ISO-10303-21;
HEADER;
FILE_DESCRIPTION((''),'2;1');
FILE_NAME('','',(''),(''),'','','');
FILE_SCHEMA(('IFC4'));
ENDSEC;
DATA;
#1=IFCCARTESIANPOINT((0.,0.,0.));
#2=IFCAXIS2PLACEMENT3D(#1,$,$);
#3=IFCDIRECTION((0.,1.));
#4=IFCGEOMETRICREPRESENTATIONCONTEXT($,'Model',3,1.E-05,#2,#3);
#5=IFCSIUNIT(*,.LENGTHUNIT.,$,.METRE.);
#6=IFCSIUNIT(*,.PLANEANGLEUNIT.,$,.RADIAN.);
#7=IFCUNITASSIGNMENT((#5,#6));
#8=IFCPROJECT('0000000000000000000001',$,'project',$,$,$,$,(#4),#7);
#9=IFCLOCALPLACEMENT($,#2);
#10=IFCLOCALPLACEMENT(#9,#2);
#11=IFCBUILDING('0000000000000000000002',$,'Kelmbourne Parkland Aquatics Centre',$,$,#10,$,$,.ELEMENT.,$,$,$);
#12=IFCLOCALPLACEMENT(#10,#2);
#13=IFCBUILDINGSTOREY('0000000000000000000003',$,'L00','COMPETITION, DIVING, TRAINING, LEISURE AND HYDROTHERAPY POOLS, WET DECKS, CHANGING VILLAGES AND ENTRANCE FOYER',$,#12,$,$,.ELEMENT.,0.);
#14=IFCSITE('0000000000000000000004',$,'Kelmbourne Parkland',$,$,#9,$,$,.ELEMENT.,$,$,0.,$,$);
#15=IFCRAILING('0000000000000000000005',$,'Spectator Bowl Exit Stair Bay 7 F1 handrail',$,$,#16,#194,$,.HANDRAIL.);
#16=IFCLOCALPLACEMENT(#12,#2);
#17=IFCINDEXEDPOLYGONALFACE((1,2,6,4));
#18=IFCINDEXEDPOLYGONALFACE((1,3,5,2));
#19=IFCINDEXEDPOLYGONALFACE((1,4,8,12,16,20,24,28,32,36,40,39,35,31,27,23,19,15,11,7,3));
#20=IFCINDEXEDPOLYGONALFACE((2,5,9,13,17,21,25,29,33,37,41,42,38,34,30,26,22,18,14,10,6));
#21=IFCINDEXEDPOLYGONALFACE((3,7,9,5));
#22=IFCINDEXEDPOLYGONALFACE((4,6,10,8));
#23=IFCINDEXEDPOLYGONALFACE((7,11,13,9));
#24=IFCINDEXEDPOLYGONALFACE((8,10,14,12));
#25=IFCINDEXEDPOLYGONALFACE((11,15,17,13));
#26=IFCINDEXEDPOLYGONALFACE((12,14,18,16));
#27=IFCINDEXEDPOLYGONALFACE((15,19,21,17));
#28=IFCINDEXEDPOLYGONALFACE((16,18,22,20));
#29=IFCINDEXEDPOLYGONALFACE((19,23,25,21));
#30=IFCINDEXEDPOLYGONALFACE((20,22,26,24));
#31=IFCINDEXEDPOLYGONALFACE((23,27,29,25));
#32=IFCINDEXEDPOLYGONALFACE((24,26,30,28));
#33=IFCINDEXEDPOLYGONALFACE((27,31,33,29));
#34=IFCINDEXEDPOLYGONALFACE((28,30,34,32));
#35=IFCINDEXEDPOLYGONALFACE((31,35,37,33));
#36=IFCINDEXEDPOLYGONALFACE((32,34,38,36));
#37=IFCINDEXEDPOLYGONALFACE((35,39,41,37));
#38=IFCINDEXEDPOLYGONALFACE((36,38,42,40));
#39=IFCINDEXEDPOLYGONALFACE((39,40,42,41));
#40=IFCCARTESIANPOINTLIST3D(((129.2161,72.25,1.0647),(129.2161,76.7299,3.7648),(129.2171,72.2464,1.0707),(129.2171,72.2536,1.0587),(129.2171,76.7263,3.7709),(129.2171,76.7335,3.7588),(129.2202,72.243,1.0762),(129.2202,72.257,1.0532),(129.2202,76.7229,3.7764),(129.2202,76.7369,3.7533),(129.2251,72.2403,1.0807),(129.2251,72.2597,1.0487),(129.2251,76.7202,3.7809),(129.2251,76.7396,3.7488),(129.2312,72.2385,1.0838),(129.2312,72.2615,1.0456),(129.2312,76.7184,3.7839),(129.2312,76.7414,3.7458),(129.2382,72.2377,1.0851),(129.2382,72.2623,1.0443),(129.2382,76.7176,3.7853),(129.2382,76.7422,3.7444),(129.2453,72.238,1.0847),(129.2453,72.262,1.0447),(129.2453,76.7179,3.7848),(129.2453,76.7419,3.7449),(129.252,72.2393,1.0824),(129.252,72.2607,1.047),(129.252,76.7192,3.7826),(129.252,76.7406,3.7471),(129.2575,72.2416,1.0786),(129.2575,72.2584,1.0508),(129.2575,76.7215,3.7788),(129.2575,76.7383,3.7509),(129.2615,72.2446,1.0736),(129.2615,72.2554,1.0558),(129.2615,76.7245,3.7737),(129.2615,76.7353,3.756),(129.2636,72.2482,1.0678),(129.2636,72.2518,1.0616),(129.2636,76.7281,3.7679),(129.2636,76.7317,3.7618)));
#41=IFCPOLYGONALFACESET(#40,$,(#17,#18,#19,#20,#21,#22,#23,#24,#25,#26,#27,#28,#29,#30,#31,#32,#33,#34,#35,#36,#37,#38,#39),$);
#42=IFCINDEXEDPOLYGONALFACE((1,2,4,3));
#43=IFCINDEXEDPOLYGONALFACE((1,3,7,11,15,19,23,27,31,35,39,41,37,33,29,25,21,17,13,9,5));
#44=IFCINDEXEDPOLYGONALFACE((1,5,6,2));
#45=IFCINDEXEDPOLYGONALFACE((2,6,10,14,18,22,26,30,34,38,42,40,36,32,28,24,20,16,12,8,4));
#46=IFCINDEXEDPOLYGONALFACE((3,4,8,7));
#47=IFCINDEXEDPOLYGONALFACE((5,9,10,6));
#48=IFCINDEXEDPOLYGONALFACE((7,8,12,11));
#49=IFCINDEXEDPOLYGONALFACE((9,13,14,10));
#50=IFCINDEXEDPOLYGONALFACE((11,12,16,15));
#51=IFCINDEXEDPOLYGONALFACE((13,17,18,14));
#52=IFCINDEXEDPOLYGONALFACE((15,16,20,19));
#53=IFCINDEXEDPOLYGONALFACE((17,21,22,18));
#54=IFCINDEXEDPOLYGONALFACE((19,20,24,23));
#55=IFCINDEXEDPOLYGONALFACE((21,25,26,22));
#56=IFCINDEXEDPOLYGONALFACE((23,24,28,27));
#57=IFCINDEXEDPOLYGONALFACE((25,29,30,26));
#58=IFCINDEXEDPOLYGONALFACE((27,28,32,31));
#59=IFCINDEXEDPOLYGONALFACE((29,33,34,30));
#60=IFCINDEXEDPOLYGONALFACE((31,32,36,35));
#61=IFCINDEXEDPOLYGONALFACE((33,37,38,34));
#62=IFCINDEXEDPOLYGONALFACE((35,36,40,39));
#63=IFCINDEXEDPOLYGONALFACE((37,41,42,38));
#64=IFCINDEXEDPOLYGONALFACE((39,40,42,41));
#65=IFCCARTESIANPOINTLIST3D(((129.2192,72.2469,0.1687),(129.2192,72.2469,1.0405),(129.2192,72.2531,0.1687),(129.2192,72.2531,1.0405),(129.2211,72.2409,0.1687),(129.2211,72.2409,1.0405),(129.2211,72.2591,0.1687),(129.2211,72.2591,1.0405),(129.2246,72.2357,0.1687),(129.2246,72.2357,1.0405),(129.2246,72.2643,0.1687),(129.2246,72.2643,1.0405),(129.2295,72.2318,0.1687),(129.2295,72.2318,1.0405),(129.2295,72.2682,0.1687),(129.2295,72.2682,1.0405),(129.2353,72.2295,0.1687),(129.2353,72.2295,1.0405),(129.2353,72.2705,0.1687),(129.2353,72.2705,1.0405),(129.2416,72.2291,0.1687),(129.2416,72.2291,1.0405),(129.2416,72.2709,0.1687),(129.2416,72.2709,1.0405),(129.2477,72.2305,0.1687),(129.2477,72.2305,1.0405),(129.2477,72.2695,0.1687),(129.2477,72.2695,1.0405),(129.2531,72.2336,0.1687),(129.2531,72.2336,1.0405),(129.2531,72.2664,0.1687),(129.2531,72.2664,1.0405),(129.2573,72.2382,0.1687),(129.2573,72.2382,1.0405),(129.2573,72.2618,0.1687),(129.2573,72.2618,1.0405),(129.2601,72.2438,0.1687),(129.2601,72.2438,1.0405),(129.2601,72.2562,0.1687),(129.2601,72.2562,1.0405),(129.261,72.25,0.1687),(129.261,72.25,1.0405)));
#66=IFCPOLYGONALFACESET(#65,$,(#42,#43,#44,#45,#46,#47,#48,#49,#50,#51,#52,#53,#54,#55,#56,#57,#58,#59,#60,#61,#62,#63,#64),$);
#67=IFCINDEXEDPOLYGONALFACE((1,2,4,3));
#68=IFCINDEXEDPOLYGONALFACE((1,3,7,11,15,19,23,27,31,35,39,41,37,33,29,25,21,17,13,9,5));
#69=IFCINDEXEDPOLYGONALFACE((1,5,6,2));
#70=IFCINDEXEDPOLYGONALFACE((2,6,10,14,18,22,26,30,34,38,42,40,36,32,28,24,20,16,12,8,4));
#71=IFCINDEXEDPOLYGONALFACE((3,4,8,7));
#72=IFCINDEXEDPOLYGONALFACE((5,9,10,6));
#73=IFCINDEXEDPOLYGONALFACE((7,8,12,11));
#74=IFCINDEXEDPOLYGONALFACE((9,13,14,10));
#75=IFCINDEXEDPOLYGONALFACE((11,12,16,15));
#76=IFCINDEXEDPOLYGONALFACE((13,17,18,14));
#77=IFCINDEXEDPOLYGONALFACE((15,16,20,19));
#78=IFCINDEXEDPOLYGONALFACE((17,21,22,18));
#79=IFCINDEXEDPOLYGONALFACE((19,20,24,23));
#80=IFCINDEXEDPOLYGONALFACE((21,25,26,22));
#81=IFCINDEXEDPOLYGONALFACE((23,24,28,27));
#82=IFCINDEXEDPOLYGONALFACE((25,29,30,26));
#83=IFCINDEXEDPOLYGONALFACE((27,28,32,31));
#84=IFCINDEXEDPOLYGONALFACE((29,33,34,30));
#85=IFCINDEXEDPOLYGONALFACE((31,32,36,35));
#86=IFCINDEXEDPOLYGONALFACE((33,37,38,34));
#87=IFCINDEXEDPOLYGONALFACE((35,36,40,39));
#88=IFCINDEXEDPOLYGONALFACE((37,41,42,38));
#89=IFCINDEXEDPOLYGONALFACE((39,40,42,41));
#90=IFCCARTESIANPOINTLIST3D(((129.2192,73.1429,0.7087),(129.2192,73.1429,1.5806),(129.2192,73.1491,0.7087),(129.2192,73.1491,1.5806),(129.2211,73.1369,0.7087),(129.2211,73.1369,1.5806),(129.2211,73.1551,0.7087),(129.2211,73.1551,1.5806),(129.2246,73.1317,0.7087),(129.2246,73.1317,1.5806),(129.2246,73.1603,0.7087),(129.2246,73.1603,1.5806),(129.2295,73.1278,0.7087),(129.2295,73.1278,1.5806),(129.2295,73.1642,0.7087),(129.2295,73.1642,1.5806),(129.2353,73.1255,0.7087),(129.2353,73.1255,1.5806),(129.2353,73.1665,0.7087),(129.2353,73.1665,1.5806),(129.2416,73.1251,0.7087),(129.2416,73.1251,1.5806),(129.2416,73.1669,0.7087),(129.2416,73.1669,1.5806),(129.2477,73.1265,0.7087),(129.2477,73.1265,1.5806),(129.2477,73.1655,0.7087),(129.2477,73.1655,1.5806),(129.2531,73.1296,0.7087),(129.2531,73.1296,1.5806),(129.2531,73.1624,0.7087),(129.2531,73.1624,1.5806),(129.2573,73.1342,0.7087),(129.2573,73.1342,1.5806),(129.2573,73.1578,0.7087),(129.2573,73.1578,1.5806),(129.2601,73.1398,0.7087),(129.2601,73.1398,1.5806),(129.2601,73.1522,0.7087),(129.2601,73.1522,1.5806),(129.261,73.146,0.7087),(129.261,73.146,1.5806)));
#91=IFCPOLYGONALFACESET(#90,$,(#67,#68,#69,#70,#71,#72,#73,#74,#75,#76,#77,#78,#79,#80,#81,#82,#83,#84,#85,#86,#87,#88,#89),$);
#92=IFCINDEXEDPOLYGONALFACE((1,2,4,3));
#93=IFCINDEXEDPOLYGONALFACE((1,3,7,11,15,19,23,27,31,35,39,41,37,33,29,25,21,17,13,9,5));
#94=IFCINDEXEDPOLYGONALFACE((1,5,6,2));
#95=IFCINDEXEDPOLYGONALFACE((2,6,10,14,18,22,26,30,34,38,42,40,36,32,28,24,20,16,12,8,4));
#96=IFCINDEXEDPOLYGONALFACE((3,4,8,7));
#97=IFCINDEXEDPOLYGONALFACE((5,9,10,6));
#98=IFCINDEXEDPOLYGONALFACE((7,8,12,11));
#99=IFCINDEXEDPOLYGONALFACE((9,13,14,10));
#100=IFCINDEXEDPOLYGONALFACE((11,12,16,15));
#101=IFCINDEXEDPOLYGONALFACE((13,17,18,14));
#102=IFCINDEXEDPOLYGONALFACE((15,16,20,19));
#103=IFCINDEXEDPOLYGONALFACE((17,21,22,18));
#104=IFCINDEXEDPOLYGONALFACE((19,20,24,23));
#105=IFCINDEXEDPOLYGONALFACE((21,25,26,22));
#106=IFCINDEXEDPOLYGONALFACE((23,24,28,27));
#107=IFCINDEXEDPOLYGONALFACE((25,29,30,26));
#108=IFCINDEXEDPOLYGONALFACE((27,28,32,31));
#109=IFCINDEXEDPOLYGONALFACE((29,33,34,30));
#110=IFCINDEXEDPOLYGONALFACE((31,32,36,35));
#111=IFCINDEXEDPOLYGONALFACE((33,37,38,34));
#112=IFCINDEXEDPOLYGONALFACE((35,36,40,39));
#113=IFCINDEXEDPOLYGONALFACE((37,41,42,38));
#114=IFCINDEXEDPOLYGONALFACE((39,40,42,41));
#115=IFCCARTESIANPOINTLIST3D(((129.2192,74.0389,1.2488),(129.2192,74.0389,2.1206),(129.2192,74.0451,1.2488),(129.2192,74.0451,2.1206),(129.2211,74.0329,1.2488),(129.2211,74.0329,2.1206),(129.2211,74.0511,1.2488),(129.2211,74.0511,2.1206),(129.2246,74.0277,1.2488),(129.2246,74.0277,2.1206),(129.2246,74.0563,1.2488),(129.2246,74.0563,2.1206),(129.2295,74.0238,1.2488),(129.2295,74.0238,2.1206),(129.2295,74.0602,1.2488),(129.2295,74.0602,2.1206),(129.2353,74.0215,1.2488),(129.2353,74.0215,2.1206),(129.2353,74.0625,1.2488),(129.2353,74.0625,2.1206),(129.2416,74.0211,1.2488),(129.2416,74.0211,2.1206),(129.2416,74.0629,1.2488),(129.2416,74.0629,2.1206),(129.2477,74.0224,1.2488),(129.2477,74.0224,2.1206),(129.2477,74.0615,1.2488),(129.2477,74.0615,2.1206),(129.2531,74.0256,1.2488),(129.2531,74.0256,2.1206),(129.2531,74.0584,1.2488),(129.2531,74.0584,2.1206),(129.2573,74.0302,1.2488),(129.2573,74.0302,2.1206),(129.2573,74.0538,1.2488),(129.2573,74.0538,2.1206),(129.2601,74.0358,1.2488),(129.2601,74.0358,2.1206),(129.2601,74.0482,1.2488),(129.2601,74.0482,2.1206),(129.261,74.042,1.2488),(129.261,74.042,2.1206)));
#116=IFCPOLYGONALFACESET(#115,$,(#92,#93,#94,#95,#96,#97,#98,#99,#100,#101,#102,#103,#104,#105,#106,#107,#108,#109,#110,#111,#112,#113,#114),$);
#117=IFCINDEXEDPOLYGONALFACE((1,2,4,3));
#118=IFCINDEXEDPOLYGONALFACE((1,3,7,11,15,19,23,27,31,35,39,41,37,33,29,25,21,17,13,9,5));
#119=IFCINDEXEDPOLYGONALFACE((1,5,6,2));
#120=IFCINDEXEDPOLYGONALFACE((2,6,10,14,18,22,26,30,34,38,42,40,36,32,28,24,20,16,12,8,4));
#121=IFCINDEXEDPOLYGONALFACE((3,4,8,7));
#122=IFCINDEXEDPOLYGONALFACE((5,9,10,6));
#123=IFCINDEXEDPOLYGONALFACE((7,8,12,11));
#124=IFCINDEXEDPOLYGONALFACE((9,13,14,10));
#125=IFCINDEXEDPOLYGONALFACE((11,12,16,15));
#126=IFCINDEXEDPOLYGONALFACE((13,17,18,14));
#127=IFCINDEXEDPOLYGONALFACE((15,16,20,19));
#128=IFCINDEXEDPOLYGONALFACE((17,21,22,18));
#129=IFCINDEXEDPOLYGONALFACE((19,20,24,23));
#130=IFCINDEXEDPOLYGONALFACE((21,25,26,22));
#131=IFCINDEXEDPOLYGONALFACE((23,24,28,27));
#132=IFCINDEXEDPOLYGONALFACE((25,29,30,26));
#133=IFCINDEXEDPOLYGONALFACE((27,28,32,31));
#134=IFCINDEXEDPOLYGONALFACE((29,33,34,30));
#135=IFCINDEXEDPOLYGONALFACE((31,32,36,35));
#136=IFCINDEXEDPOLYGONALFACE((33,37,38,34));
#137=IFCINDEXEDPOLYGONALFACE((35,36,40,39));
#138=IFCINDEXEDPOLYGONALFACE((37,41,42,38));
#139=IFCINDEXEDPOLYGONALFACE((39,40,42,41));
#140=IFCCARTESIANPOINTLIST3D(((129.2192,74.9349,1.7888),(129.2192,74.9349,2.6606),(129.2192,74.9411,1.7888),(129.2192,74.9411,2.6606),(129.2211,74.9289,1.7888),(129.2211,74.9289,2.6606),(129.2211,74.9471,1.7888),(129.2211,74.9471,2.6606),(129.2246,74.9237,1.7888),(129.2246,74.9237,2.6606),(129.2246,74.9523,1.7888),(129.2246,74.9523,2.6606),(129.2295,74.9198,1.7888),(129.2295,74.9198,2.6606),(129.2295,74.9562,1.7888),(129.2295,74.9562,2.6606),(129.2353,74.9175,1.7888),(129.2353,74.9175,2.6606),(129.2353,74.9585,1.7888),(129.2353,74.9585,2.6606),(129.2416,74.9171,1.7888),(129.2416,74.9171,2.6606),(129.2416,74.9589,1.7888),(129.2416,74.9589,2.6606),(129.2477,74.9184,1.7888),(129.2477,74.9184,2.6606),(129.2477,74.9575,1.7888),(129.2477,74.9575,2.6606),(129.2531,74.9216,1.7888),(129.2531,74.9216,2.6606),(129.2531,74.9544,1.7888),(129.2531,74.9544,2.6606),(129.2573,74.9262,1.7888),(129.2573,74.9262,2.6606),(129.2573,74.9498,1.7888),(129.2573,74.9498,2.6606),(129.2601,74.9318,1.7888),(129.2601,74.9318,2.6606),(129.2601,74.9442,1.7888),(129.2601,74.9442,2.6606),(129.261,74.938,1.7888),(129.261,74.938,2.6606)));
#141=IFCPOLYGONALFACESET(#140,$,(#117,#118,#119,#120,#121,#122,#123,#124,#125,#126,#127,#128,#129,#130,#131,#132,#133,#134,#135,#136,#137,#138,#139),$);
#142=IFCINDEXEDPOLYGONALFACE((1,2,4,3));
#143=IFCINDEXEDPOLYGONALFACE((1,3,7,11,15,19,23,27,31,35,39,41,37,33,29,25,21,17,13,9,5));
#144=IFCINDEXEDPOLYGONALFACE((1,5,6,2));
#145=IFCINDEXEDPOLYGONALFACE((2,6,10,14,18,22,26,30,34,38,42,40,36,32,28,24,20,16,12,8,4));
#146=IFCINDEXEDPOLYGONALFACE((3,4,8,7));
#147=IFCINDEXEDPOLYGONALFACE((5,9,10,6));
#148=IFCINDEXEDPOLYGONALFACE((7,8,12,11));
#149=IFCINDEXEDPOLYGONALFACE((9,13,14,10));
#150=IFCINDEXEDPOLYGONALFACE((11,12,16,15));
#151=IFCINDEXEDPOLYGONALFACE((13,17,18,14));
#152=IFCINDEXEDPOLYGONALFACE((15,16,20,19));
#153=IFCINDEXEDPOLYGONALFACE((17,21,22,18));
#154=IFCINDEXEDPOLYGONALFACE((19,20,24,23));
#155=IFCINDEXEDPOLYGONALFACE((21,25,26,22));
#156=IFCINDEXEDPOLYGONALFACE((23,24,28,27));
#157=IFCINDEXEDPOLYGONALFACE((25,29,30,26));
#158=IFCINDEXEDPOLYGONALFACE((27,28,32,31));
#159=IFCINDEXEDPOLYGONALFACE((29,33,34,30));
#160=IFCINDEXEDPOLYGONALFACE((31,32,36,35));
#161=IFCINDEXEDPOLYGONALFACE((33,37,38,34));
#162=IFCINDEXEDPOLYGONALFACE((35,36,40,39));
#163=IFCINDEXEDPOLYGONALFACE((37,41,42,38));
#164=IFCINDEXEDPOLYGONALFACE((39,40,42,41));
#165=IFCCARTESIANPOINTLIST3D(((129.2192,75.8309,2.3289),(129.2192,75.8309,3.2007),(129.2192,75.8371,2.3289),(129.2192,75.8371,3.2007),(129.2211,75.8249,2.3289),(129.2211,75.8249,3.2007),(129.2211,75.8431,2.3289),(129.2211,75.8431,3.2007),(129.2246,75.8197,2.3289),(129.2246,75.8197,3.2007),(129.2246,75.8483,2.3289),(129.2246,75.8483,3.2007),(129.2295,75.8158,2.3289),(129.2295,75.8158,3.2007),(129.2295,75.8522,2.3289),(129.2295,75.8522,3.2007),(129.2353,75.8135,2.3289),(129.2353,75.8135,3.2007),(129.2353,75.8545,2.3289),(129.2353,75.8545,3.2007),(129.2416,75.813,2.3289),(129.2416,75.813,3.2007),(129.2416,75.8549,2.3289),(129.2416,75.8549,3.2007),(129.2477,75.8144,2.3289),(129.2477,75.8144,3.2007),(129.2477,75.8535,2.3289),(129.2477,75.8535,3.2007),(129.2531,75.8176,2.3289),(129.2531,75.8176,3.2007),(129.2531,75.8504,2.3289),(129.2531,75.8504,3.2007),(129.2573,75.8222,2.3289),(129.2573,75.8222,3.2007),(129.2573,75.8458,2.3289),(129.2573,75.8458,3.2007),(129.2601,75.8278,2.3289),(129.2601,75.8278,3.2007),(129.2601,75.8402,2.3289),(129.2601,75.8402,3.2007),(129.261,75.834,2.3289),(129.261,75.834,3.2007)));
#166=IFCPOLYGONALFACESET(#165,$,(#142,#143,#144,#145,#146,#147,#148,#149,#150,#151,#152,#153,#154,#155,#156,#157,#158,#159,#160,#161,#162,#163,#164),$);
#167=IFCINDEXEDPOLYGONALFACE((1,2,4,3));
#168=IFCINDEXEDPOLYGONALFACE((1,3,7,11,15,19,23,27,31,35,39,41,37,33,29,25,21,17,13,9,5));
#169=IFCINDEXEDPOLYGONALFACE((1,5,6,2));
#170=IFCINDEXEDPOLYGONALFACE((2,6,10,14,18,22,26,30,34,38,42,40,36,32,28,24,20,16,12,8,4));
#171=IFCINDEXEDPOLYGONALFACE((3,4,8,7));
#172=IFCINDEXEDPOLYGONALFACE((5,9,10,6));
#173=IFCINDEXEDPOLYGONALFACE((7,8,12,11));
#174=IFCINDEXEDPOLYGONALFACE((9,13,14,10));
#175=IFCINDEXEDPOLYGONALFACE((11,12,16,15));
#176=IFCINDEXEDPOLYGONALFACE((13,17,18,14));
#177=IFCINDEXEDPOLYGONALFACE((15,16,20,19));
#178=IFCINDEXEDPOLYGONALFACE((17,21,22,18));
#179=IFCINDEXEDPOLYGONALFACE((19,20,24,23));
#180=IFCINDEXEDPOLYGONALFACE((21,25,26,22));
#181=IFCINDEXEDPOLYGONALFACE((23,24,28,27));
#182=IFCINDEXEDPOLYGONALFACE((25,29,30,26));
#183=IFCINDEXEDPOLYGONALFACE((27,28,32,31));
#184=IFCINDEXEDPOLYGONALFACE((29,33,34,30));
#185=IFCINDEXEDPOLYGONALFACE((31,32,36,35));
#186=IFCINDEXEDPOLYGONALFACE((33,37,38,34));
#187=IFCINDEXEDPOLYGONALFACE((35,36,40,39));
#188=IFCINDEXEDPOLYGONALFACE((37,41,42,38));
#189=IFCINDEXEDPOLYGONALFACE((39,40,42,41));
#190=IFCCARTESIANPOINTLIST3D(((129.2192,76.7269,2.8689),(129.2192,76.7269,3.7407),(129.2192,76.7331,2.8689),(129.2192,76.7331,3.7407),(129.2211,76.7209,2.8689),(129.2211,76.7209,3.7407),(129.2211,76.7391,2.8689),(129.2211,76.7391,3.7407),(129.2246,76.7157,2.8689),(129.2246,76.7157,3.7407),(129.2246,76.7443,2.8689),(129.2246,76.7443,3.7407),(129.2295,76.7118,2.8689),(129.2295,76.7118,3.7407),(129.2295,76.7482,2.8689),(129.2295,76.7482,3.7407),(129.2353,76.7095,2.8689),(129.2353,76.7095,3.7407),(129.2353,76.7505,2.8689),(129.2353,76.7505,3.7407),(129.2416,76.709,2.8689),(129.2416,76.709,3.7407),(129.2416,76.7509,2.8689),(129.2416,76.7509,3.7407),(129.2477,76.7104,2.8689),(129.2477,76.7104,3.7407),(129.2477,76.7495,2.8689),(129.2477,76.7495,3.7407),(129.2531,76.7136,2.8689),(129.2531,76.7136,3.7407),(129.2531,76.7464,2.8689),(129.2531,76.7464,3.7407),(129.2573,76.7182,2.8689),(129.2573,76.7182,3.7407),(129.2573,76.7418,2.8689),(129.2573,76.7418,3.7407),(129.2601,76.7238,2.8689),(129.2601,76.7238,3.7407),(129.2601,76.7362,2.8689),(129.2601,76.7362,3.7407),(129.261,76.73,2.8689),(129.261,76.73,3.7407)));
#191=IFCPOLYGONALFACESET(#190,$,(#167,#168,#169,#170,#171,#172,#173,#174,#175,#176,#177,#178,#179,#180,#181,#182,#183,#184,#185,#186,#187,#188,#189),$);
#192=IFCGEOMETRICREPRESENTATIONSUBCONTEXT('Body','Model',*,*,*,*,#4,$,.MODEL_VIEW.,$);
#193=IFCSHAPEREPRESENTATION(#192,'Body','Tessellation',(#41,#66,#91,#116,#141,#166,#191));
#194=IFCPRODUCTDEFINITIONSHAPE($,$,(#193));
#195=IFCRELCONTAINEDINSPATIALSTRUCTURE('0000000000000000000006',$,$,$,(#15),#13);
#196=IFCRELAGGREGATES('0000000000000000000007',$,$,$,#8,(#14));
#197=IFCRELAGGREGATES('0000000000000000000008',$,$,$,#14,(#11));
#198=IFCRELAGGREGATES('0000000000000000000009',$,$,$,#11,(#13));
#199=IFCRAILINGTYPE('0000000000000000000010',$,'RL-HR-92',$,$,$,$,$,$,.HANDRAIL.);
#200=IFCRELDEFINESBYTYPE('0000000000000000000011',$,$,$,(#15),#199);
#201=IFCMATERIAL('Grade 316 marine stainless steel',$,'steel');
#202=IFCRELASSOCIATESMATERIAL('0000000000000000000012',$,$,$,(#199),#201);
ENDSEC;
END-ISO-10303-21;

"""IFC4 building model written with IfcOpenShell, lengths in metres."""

from ifc_helpers import new_model, si_unit, direction, frame, origin, origin_2d, place, context, subcontext, project, spatial, circle, extrude, material, type_object, element, save


model = new_model("IFC4")

# Units and contexts
model_context = context("Model", 3, precision=1e-05, world=origin(), true_north=direction((0.0, 1.0)))
body_context = subcontext(model_context, "Body", "Model", "MODEL_VIEW")
ifc_project = project(units=[si_unit("LENGTHUNIT", "METRE"), si_unit("PLANEANGLEUNIT", "RADIAN")], contexts=[model_context])

# Site, building, storey
site_placement = place(None, origin())
site = spatial("IfcSite", under=ifc_project, at=site_placement, Name="Kelmbourne Parkland", CompositionType="ELEMENT", RefElevation=0.0)
building_placement = place(site_placement, origin())
building = spatial("IfcBuilding", under=site, at=building_placement, Name="Kelmbourne Parkland Aquatics Centre", CompositionType="ELEMENT")
storey_placement = place(building_placement, origin())
storey = spatial("IfcBuildingStorey", under=building, at=storey_placement, Name="L00", Description="COMPETITION, DIVING, TRAINING, LEISURE AND HYDROTHERAPY POOLS, WET DECKS, CHANGING VILLAGES AND ENTRANCE FOYER", CompositionType="ELEMENT", Elevation=0.0)

# Railing
ifc_material_1 = material(Name="Grade 316 marine stainless steel", Category="steel")
railing_type = type_object("IfcRailingType", Name="RL-HR-92", PredefinedType="HANDRAIL", material=ifc_material_1)
railing_placement = place(storey_placement, frame((129.24, 72.25, 0.1687)))
element("IfcRailing", 1, at=railing_placement, inside=storey, type_object=railing_type, Name="Spectator Bowl Exit Stair Bay 7 F1 handrail", PredefinedType="HANDRAIL", context=body_context, shape_type="SweptSolid", body=[
    extrude(circle(Radius=0.0239, at=origin_2d()), frame((0.0, 0.0, 0.896), z_axis=(0.0, 0.856462, 0.516211), x_axis=(-1.0, 0.0, 0.0)), (0.0, 0.0, 1.0), 5.2307),
    extrude(circle(Radius=0.021, at=origin_2d()), origin(), (0.0, 0.0, 1.0), 0.8718),
    extrude(circle(Radius=0.021, at=origin_2d()), frame((0.0, 0.896, 0.54)), (0.0, 0.0, 1.0), 0.8718),
    extrude(circle(Radius=0.021, at=origin_2d()), frame((0.0, 1.792, 1.0801)), (0.0, 0.0, 1.0), 0.8718),
    extrude(circle(Radius=0.021, at=origin_2d()), frame((0.0, 2.688, 1.6201)), (0.0, 0.0, 1.0), 0.8718),
    extrude(circle(Radius=0.021, at=origin_2d()), frame((0.0, 3.584, 2.1602)), (0.0, 0.0, 1.0), 0.8718),
    extrude(circle(Radius=0.021, at=origin_2d()), frame((0.0, 4.48, 2.7002)), (0.0, 0.0, 1.0), 0.8718),
])

save(model, "model.ifc")
